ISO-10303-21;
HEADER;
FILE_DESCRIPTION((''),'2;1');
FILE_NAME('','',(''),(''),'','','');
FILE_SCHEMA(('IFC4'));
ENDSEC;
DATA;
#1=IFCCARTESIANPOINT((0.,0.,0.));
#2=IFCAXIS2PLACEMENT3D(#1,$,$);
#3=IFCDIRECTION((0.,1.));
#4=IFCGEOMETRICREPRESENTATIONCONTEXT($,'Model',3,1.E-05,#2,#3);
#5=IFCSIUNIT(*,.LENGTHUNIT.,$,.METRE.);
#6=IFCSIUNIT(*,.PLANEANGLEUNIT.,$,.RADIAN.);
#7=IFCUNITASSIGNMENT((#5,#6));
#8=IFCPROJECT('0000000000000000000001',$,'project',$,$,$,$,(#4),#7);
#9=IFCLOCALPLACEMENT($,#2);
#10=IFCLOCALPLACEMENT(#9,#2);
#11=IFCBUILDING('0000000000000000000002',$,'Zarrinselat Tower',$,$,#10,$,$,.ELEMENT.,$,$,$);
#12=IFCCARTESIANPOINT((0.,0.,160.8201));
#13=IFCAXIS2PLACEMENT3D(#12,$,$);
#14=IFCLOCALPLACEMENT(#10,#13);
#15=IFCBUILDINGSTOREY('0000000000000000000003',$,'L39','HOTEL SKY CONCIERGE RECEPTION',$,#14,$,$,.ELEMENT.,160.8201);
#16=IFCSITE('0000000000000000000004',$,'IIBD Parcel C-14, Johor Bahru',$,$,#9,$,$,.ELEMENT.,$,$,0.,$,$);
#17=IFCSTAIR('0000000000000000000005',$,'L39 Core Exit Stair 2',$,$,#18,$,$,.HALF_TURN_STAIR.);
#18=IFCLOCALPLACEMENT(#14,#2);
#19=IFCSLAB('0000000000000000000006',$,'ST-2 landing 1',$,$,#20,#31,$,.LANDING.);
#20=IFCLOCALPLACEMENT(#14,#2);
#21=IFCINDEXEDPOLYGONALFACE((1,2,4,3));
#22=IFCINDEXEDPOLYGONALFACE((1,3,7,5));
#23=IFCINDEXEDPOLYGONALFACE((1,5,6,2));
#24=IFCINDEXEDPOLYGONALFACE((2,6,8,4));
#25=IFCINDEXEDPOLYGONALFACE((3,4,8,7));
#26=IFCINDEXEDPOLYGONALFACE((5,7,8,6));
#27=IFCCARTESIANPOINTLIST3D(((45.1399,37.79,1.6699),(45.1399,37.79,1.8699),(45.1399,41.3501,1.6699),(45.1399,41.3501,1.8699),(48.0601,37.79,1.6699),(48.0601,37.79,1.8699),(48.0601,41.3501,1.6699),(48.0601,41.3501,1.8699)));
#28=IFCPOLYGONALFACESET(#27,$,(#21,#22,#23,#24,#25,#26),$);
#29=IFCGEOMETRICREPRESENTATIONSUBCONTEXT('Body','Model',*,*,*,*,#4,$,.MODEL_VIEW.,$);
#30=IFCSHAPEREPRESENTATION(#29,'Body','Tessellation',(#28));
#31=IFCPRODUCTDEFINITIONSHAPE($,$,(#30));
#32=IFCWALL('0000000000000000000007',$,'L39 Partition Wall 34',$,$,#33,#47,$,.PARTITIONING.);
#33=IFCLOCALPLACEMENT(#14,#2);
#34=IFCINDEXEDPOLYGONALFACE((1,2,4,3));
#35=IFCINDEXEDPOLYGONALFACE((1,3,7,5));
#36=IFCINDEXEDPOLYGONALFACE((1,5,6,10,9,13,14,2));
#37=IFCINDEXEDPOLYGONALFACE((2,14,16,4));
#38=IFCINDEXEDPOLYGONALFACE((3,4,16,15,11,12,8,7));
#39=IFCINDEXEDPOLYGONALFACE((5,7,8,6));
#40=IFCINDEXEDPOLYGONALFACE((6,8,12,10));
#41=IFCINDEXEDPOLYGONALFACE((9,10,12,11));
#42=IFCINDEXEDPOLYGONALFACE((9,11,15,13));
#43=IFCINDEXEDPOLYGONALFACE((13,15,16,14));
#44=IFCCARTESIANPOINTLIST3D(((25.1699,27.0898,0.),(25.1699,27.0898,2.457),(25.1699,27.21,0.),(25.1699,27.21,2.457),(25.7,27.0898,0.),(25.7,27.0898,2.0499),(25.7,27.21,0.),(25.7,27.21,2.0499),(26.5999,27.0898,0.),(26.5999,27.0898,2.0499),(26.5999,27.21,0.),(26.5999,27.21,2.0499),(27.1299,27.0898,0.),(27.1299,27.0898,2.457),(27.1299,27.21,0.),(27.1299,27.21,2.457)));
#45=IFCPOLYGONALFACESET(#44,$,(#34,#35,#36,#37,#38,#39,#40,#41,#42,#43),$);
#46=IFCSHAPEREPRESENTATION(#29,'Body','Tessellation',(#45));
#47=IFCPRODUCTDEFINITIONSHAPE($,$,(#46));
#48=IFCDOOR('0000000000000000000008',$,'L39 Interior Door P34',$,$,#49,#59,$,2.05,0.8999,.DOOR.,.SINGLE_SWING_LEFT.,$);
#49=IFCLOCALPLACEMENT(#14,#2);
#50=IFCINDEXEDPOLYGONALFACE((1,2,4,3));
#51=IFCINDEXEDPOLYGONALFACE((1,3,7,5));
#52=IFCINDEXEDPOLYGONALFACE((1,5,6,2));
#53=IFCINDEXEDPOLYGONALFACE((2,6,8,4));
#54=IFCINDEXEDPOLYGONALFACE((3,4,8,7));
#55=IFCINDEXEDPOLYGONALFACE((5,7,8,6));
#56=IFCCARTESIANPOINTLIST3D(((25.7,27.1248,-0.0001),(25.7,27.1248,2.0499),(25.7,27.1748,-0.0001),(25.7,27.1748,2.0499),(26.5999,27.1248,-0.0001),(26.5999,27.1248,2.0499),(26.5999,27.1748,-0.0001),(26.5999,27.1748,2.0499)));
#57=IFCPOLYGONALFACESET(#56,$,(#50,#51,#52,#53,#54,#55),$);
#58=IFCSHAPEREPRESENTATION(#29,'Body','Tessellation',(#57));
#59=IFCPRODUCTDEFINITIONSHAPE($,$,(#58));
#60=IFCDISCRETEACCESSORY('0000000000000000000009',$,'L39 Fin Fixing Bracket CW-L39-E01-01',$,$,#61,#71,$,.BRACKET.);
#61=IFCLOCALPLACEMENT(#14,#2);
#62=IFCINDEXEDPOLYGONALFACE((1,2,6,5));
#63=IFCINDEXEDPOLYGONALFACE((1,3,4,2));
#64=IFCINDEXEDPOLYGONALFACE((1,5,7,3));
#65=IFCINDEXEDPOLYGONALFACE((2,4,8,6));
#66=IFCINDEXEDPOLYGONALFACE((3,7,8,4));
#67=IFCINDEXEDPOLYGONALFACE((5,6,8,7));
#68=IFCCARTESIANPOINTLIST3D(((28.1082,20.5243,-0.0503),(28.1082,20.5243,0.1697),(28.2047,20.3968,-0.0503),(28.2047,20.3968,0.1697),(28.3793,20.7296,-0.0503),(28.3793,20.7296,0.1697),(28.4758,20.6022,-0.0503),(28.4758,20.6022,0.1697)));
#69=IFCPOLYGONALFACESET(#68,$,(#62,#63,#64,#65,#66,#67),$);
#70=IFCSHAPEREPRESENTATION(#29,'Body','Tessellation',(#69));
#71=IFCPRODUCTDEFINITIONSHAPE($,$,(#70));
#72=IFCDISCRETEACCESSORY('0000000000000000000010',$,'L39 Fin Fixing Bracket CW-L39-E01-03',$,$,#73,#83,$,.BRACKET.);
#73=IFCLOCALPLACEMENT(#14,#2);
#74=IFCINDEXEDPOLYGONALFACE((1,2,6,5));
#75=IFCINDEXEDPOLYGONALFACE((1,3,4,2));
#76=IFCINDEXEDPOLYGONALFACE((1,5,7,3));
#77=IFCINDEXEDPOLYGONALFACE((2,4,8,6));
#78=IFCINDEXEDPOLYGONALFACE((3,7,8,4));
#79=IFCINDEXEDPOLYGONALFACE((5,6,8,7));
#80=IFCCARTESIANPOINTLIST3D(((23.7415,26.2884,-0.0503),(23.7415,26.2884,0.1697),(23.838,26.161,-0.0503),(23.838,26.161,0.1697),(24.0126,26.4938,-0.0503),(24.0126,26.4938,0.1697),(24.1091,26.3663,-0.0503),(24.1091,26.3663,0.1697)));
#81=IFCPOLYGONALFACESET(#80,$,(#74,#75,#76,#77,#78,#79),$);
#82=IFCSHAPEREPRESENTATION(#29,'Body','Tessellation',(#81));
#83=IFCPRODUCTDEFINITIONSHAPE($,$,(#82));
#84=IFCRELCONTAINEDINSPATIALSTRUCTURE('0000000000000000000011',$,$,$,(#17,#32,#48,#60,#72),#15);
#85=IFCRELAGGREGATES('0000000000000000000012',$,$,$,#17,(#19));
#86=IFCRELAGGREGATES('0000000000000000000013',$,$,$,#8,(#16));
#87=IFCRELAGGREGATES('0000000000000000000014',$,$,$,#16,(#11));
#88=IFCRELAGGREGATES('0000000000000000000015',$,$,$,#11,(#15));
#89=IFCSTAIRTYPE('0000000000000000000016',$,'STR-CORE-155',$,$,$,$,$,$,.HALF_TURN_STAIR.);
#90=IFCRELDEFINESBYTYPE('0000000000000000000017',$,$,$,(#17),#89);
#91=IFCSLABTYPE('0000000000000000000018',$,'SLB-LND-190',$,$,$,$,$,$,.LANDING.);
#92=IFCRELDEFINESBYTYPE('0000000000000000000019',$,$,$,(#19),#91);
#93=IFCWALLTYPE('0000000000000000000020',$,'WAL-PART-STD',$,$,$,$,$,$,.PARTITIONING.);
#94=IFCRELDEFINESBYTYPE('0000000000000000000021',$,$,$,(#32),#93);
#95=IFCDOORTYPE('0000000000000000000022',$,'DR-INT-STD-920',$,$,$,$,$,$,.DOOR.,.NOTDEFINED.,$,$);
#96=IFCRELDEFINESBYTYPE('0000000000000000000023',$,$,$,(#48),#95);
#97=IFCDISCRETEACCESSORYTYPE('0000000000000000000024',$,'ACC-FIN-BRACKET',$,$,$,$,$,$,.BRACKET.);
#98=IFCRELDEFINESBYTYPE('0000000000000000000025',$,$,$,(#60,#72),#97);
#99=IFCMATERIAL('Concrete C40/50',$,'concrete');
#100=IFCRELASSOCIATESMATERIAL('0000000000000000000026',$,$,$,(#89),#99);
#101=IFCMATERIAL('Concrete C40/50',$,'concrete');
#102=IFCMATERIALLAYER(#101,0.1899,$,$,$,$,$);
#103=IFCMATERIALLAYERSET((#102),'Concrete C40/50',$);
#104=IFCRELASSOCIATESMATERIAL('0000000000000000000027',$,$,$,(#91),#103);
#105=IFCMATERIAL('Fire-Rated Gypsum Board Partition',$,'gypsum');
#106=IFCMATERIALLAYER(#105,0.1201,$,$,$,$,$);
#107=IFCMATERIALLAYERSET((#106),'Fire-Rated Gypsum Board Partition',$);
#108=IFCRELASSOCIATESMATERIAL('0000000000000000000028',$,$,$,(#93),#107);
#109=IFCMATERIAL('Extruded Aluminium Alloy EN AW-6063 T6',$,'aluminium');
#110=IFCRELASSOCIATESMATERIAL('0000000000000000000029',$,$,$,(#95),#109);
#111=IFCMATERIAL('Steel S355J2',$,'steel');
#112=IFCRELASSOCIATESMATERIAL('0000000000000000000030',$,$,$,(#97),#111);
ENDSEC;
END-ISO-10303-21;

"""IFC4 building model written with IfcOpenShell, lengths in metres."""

from ifc_helpers import new_model, si_unit, direction, frame, frame_2d, origin, origin_2d, place, context, subcontext, project, spatial, polyline, rectangle, outline, extrude, material, layer, layer_set, type_object, element, fill, aggregate, save


model = new_model("IFC4")

# Units and contexts
model_context = context("Model", 3, precision=1e-05, world=origin(), true_north=direction((0.0, 1.0)))
body_context = subcontext(model_context, "Body", "Model", "MODEL_VIEW")
ifc_project = project(units=[si_unit("LENGTHUNIT", "METRE"), si_unit("PLANEANGLEUNIT", "RADIAN")], contexts=[model_context])

# Site, building, storey
site_placement = place(None, origin())
site = spatial("IfcSite", under=ifc_project, at=site_placement, Name="IIBD Parcel C-14, Johor Bahru", CompositionType="ELEMENT", RefElevation=0.0)
building_placement = place(site_placement, origin())
building = spatial("IfcBuilding", under=site, at=building_placement, Name="Zarrinselat Tower", CompositionType="ELEMENT")
storey_placement = place(building_placement, frame((0.0, 0.0, 160.8201)))
storey = spatial("IfcBuildingStorey", under=building, at=storey_placement, Name="L39", Description="HOTEL SKY CONCIERGE RECEPTION", CompositionType="ELEMENT", Elevation=160.8201)

# Stair, slab
ifc_material_1 = material(Name="Concrete C40/50", Category="concrete")
stair_type_1 = type_object("IfcStairType", Name="STR-CORE-155", PredefinedType="HALF_TURN_STAIR", material=ifc_material_1)
ifc_material_2 = material(Name="Concrete C40/50", Category="concrete")
ifc_layer_1 = layer(ifc_material_2, 0.1899)
ifc_layer_set_1 = layer_set([ifc_layer_1], Name="Concrete C40/50")
slab_type_1 = type_object("IfcSlabType", Name="SLB-LND-190", PredefinedType="LANDING", material=ifc_layer_set_1)
stair_1_placement = place(storey_placement, origin())
stair_1 = element("IfcStair", 1, at=stair_1_placement, inside=storey, type_object=stair_type_1, Name="L39 Core Exit Stair 2", PredefinedType="HALF_TURN_STAIR")
slab_1_placement = place(storey_placement, frame((0.0, 0.0, 1.6699)))
slab_1 = element("IfcSlab", 2, at=slab_1_placement, type_object=slab_type_1, Name="ST-2 landing 1", PredefinedType="LANDING", context=body_context, shape_type="SweptSolid", body=[
    extrude(outline(polyline([(48.0601, 37.79), (48.0601, 41.3501), (45.1399, 41.3501), (45.1399, 37.79), (48.0601, 37.79)])), origin(), (0.0, 0.0, 1.0), 0.2),
])
aggregate(stair_1, [slab_1])

# Wall, opening, door
ifc_material_3 = material(Name="Fire-Rated Gypsum Board Partition", Category="gypsum")
ifc_layer_2 = layer(ifc_material_3, 0.1201)
ifc_layer_set_2 = layer_set([ifc_layer_2], Name="Fire-Rated Gypsum Board Partition")
wall_type = type_object("IfcWallType", Name="WAL-PART-STD", PredefinedType="PARTITIONING", material=ifc_layer_set_2)
wall_placement = place(storey_placement, frame((25.1699, 27.1499, 0.0), z_axis=(0.0, 0.0, 1.0), x_axis=(1.0, 0.0, 0.0)))
wall = element("IfcWall", 3, at=wall_placement, inside=storey, type_object=wall_type, Name="L39 Partition Wall 34", PredefinedType="PARTITIONING", context=body_context, shape_type="SweptSolid", body=[
    extrude(rectangle(XDim=1.96, YDim=0.1201, at=frame_2d((0.98, 0.0))), origin(), (0.0, 0.0, 1.0), 2.457),
])
opening_placement = place(wall_placement, frame((0.53, 0.0, 0.0)))
opening = element("IfcOpeningElement", 4, at=opening_placement, cuts=wall, PredefinedType="OPENING", context=body_context, shape_type="SweptSolid", body=[
    extrude(rectangle(XDim=0.8999, YDim=2.05, at=frame_2d((0.45, 1.0249))), frame((0.0, 0.0701, 0.0), z_axis=(0.0, -1.0, 0.0), x_axis=(1.0, 0.0, 0.0)), (0.0, 0.0, 1.0), 0.1401),
])
ifc_material_4 = material(Name="Extruded Aluminium Alloy EN AW-6063 T6", Category="aluminium")
door_type = type_object("IfcDoorType", Name="DR-INT-STD-920", OperationType="NOTDEFINED", PredefinedType="DOOR", material=ifc_material_4)
door_placement = place(opening_placement, origin())
door = element("IfcDoor", 5, at=door_placement, inside=storey, type_object=door_type, Name="L39 Interior Door P34", OperationType="SINGLE_SWING_LEFT", OverallHeight=2.05, OverallWidth=0.8999, PredefinedType="DOOR", context=body_context, shape_type="SweptSolid", body=[
    extrude(rectangle(XDim=0.8999, YDim=2.05, at=frame_2d((0.45, 1.0249))), frame((0.0, 0.0249, 0.0), z_axis=(0.0, -1.0, 0.0), x_axis=(1.0, 0.0, 0.0)), (0.0, 0.0, 1.0), 0.05),
])
fill(opening, door)

# Discrete accessories
ifc_material_5 = material(Name="Steel S355J2", Category="steel")
discrete_accessory_type = type_object("IfcDiscreteAccessoryType", Name="ACC-FIN-BRACKET", PredefinedType="BRACKET", material=ifc_material_5)
for number, where, z_axis, x_axis, name in (
    (6, (28.292, 20.5632, -0.0503), (0.0, 0.0, 1.0), (-0.797092, -0.603858, 0.0), "L39 Fin Fixing Bracket CW-L39-E01-01"),
    (7, (23.9253, 26.3274, -0.0503), (0.0, 0.0, 1.0), (-0.797092, -0.603858, 0.0), "L39 Fin Fixing Bracket CW-L39-E01-03"),
):
    element("IfcDiscreteAccessory", number, at=place(storey_placement, frame(where, z_axis=z_axis, x_axis=x_axis)), inside=storey, type_object=discrete_accessory_type, Name=name, PredefinedType="BRACKET", context=body_context, shape_type="SweptSolid", body=[
        extrude(rectangle(XDim=0.3401, YDim=0.1599, at=origin_2d()), origin(), (0.0, 0.0, 1.0), 0.22),
    ])

save(model, "model.ifc")
